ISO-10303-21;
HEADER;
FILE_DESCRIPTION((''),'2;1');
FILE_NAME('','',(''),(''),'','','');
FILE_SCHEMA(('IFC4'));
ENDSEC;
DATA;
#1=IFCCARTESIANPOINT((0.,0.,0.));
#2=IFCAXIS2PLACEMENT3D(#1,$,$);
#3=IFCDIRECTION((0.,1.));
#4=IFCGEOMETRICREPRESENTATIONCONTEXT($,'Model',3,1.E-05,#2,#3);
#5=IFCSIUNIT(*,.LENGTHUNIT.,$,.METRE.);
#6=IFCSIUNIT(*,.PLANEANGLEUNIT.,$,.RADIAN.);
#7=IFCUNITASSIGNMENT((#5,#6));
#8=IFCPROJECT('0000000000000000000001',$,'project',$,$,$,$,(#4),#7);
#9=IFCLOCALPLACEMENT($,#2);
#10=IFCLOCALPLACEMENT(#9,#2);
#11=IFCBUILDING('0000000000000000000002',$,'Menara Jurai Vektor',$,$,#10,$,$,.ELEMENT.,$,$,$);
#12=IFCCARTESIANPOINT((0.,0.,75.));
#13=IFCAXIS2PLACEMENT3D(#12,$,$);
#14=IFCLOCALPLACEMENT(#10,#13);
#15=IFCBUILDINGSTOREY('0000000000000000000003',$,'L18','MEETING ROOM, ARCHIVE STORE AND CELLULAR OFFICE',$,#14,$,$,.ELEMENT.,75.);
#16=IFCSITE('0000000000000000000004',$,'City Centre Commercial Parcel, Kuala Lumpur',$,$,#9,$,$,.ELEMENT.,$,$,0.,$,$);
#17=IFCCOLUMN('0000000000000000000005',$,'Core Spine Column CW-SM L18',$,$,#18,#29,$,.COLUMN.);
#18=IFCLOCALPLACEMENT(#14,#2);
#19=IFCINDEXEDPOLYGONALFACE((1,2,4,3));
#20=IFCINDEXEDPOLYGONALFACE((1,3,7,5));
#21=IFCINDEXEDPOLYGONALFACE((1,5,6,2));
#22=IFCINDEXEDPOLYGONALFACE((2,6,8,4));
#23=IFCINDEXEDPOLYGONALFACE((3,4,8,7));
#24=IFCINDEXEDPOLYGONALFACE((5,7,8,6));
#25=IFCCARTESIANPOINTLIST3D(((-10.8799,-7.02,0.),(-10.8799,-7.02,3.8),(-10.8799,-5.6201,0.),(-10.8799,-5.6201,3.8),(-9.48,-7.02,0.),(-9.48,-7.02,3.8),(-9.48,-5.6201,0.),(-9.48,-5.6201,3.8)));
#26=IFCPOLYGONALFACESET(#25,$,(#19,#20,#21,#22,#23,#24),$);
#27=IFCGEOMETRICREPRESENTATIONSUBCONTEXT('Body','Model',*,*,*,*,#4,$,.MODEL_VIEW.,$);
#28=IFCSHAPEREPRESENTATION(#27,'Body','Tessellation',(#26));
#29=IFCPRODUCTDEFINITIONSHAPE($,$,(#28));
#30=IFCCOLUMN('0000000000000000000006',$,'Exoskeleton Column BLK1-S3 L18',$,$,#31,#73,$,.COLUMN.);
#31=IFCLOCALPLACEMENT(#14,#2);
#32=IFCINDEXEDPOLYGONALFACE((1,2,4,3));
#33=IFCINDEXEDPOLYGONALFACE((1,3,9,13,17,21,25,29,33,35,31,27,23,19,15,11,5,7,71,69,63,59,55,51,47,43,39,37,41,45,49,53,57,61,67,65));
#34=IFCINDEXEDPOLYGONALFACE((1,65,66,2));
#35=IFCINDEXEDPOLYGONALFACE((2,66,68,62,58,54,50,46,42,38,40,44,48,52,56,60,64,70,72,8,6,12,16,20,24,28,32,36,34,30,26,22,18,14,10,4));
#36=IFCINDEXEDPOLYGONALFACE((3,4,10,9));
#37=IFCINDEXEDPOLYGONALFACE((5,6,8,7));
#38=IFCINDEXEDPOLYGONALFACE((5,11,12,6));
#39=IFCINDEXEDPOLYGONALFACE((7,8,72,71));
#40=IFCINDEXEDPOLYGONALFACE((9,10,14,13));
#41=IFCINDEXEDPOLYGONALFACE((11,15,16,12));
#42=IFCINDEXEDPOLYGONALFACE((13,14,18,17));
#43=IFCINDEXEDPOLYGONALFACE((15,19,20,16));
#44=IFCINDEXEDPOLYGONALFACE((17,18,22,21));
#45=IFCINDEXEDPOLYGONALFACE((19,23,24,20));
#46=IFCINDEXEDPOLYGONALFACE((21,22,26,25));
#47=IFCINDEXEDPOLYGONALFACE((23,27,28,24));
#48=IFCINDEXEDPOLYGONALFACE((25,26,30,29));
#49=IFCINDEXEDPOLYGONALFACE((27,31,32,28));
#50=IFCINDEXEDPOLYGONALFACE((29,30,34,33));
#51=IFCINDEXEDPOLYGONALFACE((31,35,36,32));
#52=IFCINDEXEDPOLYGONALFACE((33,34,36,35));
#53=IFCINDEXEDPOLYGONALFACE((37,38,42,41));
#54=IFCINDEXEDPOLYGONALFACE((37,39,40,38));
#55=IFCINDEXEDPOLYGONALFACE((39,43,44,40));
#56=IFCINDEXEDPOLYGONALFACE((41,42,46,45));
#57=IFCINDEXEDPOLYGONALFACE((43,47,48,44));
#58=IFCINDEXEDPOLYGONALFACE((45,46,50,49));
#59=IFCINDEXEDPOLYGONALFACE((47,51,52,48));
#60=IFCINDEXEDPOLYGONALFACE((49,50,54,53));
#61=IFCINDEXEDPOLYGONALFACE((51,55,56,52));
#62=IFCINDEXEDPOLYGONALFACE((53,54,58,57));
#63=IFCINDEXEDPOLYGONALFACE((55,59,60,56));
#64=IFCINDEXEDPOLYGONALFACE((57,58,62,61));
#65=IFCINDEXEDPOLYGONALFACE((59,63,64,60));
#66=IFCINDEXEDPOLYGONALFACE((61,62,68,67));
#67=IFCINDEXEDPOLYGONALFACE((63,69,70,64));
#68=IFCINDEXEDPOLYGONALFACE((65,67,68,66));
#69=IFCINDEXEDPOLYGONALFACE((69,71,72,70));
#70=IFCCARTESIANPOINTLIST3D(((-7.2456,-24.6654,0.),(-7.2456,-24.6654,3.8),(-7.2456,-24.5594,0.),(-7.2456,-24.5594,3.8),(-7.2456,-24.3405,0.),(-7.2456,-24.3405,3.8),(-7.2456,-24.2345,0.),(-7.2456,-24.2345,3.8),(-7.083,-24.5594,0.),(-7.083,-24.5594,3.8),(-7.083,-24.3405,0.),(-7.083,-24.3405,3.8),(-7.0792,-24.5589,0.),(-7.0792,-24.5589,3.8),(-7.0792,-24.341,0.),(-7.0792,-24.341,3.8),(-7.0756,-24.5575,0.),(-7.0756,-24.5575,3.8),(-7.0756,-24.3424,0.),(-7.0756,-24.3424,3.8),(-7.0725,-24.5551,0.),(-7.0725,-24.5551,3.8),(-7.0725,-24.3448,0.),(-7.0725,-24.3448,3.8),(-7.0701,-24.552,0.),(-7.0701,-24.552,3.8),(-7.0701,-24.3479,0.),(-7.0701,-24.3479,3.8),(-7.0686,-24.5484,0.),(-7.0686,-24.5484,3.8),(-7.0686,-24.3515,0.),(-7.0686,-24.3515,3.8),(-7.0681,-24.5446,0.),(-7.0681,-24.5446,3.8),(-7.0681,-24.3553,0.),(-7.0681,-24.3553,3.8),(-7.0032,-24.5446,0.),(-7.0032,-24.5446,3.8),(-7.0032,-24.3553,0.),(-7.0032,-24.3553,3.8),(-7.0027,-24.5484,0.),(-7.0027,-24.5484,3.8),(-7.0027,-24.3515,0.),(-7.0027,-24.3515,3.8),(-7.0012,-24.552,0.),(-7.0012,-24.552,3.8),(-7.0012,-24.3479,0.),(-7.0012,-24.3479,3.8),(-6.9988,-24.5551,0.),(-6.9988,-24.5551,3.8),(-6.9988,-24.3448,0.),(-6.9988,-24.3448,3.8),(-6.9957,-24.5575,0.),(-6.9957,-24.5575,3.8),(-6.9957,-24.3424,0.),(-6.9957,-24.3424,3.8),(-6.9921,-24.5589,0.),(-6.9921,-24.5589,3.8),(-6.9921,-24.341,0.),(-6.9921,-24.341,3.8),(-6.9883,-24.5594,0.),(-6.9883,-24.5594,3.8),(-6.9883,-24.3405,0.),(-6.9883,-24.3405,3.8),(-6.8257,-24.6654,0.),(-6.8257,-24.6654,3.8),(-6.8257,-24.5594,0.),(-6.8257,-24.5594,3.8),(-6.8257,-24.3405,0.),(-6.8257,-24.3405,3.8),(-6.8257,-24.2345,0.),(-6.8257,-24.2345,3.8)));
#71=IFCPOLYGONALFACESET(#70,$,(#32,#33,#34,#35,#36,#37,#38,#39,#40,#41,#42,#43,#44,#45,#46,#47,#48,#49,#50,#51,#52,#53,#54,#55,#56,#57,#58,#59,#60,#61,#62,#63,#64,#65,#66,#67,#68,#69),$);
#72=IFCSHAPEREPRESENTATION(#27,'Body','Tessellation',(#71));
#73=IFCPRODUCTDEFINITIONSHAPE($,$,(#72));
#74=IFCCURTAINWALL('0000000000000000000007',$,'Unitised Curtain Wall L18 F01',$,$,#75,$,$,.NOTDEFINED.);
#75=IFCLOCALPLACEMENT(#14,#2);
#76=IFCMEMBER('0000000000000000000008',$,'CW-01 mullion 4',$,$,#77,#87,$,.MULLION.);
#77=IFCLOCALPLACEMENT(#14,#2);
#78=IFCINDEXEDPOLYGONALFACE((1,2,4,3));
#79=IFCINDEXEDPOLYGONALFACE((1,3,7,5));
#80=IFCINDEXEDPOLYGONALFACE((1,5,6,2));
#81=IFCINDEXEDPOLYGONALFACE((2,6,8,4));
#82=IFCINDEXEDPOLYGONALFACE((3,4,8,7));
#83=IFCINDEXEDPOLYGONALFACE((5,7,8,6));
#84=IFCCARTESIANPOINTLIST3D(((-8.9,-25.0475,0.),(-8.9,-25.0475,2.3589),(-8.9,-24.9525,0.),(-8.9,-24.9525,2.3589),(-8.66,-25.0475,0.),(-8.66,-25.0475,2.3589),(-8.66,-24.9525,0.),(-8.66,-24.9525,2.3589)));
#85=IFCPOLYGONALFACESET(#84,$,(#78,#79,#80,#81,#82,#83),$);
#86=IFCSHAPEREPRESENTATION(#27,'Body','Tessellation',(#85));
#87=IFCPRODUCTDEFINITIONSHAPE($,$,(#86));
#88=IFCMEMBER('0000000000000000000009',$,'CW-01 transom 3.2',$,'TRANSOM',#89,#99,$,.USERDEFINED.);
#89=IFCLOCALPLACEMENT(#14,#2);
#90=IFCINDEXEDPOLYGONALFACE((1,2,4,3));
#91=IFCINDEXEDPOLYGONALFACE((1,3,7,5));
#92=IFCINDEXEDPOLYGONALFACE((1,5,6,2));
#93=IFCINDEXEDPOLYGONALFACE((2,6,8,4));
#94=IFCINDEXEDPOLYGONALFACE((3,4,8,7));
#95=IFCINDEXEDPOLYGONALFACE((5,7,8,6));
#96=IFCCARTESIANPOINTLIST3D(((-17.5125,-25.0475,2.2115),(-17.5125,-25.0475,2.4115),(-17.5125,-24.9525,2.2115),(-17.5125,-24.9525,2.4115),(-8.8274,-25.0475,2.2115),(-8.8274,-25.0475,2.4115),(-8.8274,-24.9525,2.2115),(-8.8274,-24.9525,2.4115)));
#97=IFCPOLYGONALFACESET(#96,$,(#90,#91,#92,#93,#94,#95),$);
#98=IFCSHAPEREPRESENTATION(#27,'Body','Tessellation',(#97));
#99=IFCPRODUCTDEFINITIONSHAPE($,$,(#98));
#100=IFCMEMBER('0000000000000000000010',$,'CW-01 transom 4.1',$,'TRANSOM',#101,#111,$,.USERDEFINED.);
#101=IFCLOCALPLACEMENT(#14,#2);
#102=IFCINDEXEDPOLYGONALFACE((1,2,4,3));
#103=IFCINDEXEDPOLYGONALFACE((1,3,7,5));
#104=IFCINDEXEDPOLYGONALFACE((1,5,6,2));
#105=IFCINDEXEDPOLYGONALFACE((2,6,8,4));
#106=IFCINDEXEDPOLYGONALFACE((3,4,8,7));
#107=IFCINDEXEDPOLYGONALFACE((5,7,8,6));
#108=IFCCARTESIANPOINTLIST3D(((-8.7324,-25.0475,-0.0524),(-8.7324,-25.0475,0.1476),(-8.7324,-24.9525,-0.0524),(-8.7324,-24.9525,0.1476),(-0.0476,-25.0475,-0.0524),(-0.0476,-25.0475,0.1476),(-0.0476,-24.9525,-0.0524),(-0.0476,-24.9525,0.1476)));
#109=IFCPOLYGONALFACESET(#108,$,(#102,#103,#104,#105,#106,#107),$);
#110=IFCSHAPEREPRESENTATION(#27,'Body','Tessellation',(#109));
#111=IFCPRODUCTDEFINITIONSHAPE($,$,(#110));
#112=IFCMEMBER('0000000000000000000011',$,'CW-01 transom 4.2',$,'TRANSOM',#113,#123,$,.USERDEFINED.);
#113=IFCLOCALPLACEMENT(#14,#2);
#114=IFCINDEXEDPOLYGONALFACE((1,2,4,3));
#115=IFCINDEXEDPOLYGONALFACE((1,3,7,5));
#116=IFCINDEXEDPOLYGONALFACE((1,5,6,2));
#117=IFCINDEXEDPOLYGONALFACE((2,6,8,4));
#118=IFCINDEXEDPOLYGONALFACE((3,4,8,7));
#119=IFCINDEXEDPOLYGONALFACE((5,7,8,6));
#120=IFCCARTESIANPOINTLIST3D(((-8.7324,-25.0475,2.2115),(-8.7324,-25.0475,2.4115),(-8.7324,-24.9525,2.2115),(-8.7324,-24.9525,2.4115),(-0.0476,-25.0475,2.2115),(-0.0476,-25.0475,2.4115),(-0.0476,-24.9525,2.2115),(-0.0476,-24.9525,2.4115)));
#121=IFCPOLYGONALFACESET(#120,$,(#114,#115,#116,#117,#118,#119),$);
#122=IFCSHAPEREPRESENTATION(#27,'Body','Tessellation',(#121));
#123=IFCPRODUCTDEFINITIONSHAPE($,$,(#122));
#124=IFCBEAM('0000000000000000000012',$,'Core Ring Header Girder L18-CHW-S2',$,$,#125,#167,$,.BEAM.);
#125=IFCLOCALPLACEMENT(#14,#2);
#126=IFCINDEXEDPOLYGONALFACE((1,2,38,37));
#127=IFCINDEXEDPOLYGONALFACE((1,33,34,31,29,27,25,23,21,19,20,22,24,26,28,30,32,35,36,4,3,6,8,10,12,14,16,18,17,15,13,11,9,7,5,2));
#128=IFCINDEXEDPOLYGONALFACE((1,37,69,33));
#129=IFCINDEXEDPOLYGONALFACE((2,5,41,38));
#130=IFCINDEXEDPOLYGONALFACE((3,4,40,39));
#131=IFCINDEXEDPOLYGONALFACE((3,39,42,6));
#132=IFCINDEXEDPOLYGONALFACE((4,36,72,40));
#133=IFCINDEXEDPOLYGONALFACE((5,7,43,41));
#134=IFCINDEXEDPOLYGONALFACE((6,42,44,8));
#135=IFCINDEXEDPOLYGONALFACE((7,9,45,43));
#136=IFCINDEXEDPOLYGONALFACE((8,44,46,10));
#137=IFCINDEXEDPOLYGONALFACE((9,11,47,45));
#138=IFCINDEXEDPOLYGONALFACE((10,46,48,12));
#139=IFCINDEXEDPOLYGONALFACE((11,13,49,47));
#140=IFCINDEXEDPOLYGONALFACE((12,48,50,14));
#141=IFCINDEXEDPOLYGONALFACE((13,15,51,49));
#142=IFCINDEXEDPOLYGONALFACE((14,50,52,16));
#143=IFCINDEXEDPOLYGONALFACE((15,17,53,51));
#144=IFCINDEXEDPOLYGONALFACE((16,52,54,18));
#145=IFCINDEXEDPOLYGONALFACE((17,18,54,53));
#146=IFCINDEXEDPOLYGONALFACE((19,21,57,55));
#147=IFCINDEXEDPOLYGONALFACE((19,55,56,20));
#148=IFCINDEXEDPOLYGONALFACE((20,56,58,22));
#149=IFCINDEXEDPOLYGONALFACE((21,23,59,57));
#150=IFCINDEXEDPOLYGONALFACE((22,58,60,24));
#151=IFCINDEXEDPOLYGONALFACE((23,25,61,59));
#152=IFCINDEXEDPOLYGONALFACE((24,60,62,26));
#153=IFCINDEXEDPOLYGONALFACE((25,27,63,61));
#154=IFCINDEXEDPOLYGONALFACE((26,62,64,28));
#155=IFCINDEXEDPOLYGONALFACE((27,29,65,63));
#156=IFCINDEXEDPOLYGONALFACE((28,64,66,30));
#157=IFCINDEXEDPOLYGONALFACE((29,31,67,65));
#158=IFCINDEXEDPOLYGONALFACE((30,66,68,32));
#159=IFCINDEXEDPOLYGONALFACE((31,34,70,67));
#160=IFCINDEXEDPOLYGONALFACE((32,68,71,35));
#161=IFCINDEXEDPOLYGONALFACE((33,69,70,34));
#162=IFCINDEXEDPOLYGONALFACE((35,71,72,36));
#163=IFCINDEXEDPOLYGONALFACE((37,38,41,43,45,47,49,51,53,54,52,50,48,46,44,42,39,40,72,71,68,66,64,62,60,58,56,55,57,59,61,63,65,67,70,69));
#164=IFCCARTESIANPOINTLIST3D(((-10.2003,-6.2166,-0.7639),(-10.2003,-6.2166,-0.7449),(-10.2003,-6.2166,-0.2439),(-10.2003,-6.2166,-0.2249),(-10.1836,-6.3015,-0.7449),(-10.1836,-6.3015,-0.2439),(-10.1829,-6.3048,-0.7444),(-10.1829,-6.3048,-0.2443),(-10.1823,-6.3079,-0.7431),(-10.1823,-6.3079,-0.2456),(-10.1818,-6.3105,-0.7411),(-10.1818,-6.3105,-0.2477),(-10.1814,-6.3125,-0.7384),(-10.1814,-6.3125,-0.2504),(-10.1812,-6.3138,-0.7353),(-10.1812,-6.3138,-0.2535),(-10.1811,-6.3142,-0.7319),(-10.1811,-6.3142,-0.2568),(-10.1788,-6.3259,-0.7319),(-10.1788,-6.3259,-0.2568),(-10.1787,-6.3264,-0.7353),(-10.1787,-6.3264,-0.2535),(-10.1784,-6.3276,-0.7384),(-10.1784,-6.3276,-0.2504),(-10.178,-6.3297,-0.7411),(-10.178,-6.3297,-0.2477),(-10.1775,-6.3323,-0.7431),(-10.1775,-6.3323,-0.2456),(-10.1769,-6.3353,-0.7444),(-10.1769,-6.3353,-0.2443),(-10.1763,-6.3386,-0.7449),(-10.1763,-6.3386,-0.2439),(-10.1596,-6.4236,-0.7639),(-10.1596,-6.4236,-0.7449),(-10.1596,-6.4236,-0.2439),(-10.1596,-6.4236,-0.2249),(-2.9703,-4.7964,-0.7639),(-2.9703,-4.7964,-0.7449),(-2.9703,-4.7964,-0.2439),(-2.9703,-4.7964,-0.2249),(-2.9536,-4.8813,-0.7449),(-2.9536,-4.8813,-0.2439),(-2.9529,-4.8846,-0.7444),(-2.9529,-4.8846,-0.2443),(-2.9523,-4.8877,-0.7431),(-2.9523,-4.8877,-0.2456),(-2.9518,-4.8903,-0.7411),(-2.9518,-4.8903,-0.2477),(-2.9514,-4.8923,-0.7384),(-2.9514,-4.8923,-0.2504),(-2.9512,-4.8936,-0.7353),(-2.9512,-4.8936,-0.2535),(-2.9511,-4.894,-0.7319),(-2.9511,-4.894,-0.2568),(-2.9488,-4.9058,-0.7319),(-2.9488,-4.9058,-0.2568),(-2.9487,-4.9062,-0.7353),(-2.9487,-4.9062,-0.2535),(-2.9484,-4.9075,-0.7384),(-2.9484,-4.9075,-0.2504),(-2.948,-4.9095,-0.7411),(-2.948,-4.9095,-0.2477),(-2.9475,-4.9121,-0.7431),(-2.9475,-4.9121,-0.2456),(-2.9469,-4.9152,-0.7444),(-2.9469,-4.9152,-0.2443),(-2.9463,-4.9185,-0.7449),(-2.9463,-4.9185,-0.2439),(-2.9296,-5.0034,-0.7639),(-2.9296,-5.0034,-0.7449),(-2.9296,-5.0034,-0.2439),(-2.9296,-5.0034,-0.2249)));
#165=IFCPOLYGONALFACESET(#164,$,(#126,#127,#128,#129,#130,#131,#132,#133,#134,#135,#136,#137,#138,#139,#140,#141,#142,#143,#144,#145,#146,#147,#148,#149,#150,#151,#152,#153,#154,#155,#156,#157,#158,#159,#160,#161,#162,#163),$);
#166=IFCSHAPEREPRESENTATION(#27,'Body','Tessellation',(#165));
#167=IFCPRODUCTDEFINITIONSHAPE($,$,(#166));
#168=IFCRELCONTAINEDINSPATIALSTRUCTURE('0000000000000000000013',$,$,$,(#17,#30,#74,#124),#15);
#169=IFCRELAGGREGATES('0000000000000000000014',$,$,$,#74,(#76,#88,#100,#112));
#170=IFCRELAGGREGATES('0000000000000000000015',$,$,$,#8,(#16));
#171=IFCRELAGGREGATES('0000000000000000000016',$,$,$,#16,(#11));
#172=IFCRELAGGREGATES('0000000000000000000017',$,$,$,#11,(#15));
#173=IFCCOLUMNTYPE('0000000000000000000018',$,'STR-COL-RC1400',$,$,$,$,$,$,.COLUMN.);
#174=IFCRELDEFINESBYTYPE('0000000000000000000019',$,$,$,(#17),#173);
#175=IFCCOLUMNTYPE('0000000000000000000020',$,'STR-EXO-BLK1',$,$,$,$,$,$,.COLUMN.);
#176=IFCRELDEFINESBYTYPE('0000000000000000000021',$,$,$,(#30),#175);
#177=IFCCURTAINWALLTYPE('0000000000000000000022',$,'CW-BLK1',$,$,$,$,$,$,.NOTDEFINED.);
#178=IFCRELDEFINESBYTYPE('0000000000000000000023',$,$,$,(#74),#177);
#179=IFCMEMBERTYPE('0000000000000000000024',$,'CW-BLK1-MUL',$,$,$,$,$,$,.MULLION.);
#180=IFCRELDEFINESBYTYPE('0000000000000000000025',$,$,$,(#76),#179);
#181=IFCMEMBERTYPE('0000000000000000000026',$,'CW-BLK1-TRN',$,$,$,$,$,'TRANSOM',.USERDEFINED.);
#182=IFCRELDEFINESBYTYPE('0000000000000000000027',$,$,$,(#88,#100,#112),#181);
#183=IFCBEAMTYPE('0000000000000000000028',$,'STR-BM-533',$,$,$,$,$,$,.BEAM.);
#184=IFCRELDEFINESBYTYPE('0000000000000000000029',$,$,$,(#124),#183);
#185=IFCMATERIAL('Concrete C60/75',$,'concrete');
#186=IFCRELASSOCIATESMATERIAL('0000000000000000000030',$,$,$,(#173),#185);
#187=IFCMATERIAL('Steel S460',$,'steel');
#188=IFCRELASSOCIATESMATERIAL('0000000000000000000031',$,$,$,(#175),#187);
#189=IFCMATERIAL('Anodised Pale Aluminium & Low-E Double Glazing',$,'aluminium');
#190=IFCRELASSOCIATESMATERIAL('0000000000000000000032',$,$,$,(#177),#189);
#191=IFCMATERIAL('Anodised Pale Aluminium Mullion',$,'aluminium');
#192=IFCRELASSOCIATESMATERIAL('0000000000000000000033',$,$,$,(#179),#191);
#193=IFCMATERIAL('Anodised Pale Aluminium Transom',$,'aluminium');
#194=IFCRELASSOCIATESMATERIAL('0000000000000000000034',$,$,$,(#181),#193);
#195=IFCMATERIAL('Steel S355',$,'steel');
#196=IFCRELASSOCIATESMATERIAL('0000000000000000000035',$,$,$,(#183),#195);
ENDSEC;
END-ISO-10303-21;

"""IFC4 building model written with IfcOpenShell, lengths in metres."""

from ifc_helpers import new_model, si_unit, direction, frame, origin, origin_2d, place, context, subcontext, project, spatial, rectangle, i_section, extrude, material, material_profile, profile_set, type_object, element, aggregate, save


model = new_model("IFC4")

# Units and contexts
model_context = context("Model", 3, precision=1e-05, world=origin(), true_north=direction((0.0, 1.0)))
body_context = subcontext(model_context, "Body", "Model", "MODEL_VIEW")
ifc_project = project(units=[si_unit("LENGTHUNIT", "METRE"), si_unit("PLANEANGLEUNIT", "RADIAN")], contexts=[model_context])

# Site, building, storey
site_placement = place(None, origin())
site = spatial("IfcSite", under=ifc_project, at=site_placement, Name="City Centre Commercial Parcel, Kuala Lumpur", CompositionType="ELEMENT", RefElevation=0.0)
building_placement = place(site_placement, origin())
building = spatial("IfcBuilding", under=site, at=building_placement, Name="Menara Jurai Vektor", CompositionType="ELEMENT")
storey_placement = place(building_placement, frame((0.0, 0.0, 75.0)))
storey = spatial("IfcBuildingStorey", under=building, at=storey_placement, Name="L18", Description="MEETING ROOM, ARCHIVE STORE AND CELLULAR OFFICE", CompositionType="ELEMENT", Elevation=75.0)

# Columns
ifc_material_1 = material(Name="Concrete C60/75", Category="concrete")
ifc_material_profile_1 = material_profile(ifc_material_1, rectangle(XDim=1.3999, YDim=1.3999, at=origin_2d()), Name="RC 1400x1400")
ifc_profile_set_1 = profile_set([ifc_material_profile_1], Name="Concrete C60/75")
column_type_1 = type_object("IfcColumnType", Name="STR-COL-RC1400", PredefinedType="COLUMN", material=ifc_profile_set_1)
column_1_placement = place(storey_placement, frame((-10.1799, -6.3201, 0.0), z_axis=(0.0, 0.0, 1.0), x_axis=(1.0, 0.0, 0.0)))
element("IfcColumn", 1, at=column_1_placement, inside=storey, type_object=column_type_1, Name="Core Spine Column CW-SM L18", PredefinedType="COLUMN", context=body_context, shape_type="SweptSolid", body=[
    extrude(rectangle(XDim=1.3999, YDim=1.3999, at=origin_2d()), origin(), (0.0, 0.0, 1.0), 3.8),
])
ifc_material_2 = material(Name="Steel S460", Category="steel")
ifc_material_profile_2 = material_profile(ifc_material_2, i_section(OverallWidth=0.4199, OverallDepth=0.4309, WebThickness=0.0649, FlangeThickness=0.106, FilletRadius=0.0149, at=origin_2d()), Name="HD 400x900")
ifc_profile_set_2 = profile_set([ifc_material_profile_2], Name="Steel S460")
column_type_2 = type_object("IfcColumnType", Name="STR-EXO-BLK1", PredefinedType="COLUMN", material=ifc_profile_set_2)
column_2_placement = place(storey_placement, frame((-7.0356, -24.45, 0.0), z_axis=(0.0, 0.0, 1.0), x_axis=(1.0, 0.0, 0.0)))
element("IfcColumn", 2, at=column_2_placement, inside=storey, type_object=column_type_2, Name="Exoskeleton Column BLK1-S3 L18", PredefinedType="COLUMN", context=body_context, shape_type="SweptSolid", body=[
    extrude(i_section(OverallWidth=0.4199, OverallDepth=0.4309, WebThickness=0.0649, FlangeThickness=0.106, FilletRadius=0.0149, at=origin_2d()), origin(), (0.0, 0.0, 1.0), 3.8),
])

# Curtain wall, members
ifc_material_3 = material(Name="Anodised Pale Aluminium & Low-E Double Glazing", Category="aluminium")
curtain_wall_type = type_object("IfcCurtainWallType", Name="CW-BLK1", PredefinedType="NOTDEFINED", material=ifc_material_3)
curtain_wall_placement = place(storey_placement, origin())
curtain_wall = element("IfcCurtainWall", 3, at=curtain_wall_placement, inside=storey, type_object=curtain_wall_type, Name="Unitised Curtain Wall L18 F01", PredefinedType="NOTDEFINED")
ifc_material_4 = material(Name="Anodised Pale Aluminium Mullion", Category="aluminium")
ifc_material_profile_3 = material_profile(ifc_material_4, rectangle(XDim=0.095, YDim=0.24, at=origin_2d()), Name="ALU MUL 95x240")
ifc_profile_set_3 = profile_set([ifc_material_profile_3], Name="Anodised Pale Aluminium Mullion")
member_type_1 = type_object("IfcMemberType", Name="CW-BLK1-MUL", PredefinedType="MULLION", material=ifc_profile_set_3)
member_1_placement = place(storey_placement, frame((-8.78, -25.0, 0.0), z_axis=(0.0, 0.0, 1.0), x_axis=(0.0, 1.0, 0.0)))
member_1 = element("IfcMember", 4, at=member_1_placement, type_object=member_type_1, Name="CW-01 mullion 4", PredefinedType="MULLION", context=body_context, shape_type="SweptSolid", body=[
    extrude(rectangle(XDim=0.095, YDim=0.24, at=origin_2d()), origin(), (0.0, 0.0, 1.0), 2.3589),
])
ifc_material_5 = material(Name="Anodised Pale Aluminium Transom", Category="aluminium")
ifc_material_profile_4 = material_profile(ifc_material_5, rectangle(XDim=0.095, YDim=0.2, at=origin_2d()), Name="ALU TRN 95x200")
ifc_profile_set_4 = profile_set([ifc_material_profile_4], Name="Anodised Pale Aluminium Transom")
member_type_2 = type_object("IfcMemberType", Name="CW-BLK1-TRN", ElementType="TRANSOM", PredefinedType="USERDEFINED", material=ifc_profile_set_4)
member_2_placement = place(storey_placement, frame((-17.5125, -25.0, 2.3115), z_axis=(1.0, 0.0, 0.0), x_axis=(0.0, 1.0, 0.0)))
member_2 = element("IfcMember", 5, at=member_2_placement, type_object=member_type_2, Name="CW-01 transom 3.2", ObjectType="TRANSOM", PredefinedType="USERDEFINED", context=body_context, shape_type="SweptSolid", body=[
    extrude(rectangle(XDim=0.095, YDim=0.2, at=origin_2d()), origin(), (0.0, 0.0, 1.0), 8.6851),
])
member_3_placement = place(storey_placement, frame((-8.7324, -25.0, 0.0476), z_axis=(1.0, 0.0, 0.0), x_axis=(0.0, 1.0, 0.0)))
member_3 = element("IfcMember", 6, at=member_3_placement, type_object=member_type_2, Name="CW-01 transom 4.1", ObjectType="TRANSOM", PredefinedType="USERDEFINED", context=body_context, shape_type="SweptSolid", body=[
    extrude(rectangle(XDim=0.095, YDim=0.2, at=origin_2d()), origin(), (0.0, 0.0, 1.0), 8.6848),
])
member_4_placement = place(storey_placement, frame((-8.7324, -25.0, 2.3115), z_axis=(1.0, 0.0, 0.0), x_axis=(0.0, 1.0, 0.0)))
member_4 = element("IfcMember", 7, at=member_4_placement, type_object=member_type_2, Name="CW-01 transom 4.2", ObjectType="TRANSOM", PredefinedType="USERDEFINED", context=body_context, shape_type="SweptSolid", body=[
    extrude(rectangle(XDim=0.095, YDim=0.2, at=origin_2d()), origin(), (0.0, 0.0, 1.0), 8.6848),
])

# Beam
ifc_material_6 = material(Name="Steel S355", Category="steel")
ifc_material_profile_5 = material_profile(ifc_material_6, i_section(OverallWidth=0.2109, OverallDepth=0.5391, WebThickness=0.012, FlangeThickness=0.019, FilletRadius=0.0129, at=origin_2d()), Name="UKB 533x210x109")
ifc_profile_set_5 = profile_set([ifc_material_profile_5], Name="Steel S355")
beam_type_1 = type_object("IfcBeamType", Name="STR-BM-533", PredefinedType="BEAM", material=ifc_profile_set_5)
beam_1_placement = place(storey_placement, frame((-10.1799, -6.3201, -0.4944), z_axis=(0.981249, 0.192744, 0.0), x_axis=(-0.192744, 0.981249, 0.0)))
element("IfcBeam", 8, at=beam_1_placement, inside=storey, type_object=beam_type_1, Name="Core Ring Header Girder L18-CHW-S2", PredefinedType="BEAM", context=body_context, shape_type="SweptSolid", body=[
    extrude(i_section(OverallWidth=0.2109, OverallDepth=0.5391, WebThickness=0.012, FlangeThickness=0.019, FilletRadius=0.0129, at=origin_2d()), origin(), (0.0, 0.0, 1.0), 7.3682),
])

aggregate(curtain_wall, [member_1, member_2, member_3, member_4])

save(model, "model.ifc")
